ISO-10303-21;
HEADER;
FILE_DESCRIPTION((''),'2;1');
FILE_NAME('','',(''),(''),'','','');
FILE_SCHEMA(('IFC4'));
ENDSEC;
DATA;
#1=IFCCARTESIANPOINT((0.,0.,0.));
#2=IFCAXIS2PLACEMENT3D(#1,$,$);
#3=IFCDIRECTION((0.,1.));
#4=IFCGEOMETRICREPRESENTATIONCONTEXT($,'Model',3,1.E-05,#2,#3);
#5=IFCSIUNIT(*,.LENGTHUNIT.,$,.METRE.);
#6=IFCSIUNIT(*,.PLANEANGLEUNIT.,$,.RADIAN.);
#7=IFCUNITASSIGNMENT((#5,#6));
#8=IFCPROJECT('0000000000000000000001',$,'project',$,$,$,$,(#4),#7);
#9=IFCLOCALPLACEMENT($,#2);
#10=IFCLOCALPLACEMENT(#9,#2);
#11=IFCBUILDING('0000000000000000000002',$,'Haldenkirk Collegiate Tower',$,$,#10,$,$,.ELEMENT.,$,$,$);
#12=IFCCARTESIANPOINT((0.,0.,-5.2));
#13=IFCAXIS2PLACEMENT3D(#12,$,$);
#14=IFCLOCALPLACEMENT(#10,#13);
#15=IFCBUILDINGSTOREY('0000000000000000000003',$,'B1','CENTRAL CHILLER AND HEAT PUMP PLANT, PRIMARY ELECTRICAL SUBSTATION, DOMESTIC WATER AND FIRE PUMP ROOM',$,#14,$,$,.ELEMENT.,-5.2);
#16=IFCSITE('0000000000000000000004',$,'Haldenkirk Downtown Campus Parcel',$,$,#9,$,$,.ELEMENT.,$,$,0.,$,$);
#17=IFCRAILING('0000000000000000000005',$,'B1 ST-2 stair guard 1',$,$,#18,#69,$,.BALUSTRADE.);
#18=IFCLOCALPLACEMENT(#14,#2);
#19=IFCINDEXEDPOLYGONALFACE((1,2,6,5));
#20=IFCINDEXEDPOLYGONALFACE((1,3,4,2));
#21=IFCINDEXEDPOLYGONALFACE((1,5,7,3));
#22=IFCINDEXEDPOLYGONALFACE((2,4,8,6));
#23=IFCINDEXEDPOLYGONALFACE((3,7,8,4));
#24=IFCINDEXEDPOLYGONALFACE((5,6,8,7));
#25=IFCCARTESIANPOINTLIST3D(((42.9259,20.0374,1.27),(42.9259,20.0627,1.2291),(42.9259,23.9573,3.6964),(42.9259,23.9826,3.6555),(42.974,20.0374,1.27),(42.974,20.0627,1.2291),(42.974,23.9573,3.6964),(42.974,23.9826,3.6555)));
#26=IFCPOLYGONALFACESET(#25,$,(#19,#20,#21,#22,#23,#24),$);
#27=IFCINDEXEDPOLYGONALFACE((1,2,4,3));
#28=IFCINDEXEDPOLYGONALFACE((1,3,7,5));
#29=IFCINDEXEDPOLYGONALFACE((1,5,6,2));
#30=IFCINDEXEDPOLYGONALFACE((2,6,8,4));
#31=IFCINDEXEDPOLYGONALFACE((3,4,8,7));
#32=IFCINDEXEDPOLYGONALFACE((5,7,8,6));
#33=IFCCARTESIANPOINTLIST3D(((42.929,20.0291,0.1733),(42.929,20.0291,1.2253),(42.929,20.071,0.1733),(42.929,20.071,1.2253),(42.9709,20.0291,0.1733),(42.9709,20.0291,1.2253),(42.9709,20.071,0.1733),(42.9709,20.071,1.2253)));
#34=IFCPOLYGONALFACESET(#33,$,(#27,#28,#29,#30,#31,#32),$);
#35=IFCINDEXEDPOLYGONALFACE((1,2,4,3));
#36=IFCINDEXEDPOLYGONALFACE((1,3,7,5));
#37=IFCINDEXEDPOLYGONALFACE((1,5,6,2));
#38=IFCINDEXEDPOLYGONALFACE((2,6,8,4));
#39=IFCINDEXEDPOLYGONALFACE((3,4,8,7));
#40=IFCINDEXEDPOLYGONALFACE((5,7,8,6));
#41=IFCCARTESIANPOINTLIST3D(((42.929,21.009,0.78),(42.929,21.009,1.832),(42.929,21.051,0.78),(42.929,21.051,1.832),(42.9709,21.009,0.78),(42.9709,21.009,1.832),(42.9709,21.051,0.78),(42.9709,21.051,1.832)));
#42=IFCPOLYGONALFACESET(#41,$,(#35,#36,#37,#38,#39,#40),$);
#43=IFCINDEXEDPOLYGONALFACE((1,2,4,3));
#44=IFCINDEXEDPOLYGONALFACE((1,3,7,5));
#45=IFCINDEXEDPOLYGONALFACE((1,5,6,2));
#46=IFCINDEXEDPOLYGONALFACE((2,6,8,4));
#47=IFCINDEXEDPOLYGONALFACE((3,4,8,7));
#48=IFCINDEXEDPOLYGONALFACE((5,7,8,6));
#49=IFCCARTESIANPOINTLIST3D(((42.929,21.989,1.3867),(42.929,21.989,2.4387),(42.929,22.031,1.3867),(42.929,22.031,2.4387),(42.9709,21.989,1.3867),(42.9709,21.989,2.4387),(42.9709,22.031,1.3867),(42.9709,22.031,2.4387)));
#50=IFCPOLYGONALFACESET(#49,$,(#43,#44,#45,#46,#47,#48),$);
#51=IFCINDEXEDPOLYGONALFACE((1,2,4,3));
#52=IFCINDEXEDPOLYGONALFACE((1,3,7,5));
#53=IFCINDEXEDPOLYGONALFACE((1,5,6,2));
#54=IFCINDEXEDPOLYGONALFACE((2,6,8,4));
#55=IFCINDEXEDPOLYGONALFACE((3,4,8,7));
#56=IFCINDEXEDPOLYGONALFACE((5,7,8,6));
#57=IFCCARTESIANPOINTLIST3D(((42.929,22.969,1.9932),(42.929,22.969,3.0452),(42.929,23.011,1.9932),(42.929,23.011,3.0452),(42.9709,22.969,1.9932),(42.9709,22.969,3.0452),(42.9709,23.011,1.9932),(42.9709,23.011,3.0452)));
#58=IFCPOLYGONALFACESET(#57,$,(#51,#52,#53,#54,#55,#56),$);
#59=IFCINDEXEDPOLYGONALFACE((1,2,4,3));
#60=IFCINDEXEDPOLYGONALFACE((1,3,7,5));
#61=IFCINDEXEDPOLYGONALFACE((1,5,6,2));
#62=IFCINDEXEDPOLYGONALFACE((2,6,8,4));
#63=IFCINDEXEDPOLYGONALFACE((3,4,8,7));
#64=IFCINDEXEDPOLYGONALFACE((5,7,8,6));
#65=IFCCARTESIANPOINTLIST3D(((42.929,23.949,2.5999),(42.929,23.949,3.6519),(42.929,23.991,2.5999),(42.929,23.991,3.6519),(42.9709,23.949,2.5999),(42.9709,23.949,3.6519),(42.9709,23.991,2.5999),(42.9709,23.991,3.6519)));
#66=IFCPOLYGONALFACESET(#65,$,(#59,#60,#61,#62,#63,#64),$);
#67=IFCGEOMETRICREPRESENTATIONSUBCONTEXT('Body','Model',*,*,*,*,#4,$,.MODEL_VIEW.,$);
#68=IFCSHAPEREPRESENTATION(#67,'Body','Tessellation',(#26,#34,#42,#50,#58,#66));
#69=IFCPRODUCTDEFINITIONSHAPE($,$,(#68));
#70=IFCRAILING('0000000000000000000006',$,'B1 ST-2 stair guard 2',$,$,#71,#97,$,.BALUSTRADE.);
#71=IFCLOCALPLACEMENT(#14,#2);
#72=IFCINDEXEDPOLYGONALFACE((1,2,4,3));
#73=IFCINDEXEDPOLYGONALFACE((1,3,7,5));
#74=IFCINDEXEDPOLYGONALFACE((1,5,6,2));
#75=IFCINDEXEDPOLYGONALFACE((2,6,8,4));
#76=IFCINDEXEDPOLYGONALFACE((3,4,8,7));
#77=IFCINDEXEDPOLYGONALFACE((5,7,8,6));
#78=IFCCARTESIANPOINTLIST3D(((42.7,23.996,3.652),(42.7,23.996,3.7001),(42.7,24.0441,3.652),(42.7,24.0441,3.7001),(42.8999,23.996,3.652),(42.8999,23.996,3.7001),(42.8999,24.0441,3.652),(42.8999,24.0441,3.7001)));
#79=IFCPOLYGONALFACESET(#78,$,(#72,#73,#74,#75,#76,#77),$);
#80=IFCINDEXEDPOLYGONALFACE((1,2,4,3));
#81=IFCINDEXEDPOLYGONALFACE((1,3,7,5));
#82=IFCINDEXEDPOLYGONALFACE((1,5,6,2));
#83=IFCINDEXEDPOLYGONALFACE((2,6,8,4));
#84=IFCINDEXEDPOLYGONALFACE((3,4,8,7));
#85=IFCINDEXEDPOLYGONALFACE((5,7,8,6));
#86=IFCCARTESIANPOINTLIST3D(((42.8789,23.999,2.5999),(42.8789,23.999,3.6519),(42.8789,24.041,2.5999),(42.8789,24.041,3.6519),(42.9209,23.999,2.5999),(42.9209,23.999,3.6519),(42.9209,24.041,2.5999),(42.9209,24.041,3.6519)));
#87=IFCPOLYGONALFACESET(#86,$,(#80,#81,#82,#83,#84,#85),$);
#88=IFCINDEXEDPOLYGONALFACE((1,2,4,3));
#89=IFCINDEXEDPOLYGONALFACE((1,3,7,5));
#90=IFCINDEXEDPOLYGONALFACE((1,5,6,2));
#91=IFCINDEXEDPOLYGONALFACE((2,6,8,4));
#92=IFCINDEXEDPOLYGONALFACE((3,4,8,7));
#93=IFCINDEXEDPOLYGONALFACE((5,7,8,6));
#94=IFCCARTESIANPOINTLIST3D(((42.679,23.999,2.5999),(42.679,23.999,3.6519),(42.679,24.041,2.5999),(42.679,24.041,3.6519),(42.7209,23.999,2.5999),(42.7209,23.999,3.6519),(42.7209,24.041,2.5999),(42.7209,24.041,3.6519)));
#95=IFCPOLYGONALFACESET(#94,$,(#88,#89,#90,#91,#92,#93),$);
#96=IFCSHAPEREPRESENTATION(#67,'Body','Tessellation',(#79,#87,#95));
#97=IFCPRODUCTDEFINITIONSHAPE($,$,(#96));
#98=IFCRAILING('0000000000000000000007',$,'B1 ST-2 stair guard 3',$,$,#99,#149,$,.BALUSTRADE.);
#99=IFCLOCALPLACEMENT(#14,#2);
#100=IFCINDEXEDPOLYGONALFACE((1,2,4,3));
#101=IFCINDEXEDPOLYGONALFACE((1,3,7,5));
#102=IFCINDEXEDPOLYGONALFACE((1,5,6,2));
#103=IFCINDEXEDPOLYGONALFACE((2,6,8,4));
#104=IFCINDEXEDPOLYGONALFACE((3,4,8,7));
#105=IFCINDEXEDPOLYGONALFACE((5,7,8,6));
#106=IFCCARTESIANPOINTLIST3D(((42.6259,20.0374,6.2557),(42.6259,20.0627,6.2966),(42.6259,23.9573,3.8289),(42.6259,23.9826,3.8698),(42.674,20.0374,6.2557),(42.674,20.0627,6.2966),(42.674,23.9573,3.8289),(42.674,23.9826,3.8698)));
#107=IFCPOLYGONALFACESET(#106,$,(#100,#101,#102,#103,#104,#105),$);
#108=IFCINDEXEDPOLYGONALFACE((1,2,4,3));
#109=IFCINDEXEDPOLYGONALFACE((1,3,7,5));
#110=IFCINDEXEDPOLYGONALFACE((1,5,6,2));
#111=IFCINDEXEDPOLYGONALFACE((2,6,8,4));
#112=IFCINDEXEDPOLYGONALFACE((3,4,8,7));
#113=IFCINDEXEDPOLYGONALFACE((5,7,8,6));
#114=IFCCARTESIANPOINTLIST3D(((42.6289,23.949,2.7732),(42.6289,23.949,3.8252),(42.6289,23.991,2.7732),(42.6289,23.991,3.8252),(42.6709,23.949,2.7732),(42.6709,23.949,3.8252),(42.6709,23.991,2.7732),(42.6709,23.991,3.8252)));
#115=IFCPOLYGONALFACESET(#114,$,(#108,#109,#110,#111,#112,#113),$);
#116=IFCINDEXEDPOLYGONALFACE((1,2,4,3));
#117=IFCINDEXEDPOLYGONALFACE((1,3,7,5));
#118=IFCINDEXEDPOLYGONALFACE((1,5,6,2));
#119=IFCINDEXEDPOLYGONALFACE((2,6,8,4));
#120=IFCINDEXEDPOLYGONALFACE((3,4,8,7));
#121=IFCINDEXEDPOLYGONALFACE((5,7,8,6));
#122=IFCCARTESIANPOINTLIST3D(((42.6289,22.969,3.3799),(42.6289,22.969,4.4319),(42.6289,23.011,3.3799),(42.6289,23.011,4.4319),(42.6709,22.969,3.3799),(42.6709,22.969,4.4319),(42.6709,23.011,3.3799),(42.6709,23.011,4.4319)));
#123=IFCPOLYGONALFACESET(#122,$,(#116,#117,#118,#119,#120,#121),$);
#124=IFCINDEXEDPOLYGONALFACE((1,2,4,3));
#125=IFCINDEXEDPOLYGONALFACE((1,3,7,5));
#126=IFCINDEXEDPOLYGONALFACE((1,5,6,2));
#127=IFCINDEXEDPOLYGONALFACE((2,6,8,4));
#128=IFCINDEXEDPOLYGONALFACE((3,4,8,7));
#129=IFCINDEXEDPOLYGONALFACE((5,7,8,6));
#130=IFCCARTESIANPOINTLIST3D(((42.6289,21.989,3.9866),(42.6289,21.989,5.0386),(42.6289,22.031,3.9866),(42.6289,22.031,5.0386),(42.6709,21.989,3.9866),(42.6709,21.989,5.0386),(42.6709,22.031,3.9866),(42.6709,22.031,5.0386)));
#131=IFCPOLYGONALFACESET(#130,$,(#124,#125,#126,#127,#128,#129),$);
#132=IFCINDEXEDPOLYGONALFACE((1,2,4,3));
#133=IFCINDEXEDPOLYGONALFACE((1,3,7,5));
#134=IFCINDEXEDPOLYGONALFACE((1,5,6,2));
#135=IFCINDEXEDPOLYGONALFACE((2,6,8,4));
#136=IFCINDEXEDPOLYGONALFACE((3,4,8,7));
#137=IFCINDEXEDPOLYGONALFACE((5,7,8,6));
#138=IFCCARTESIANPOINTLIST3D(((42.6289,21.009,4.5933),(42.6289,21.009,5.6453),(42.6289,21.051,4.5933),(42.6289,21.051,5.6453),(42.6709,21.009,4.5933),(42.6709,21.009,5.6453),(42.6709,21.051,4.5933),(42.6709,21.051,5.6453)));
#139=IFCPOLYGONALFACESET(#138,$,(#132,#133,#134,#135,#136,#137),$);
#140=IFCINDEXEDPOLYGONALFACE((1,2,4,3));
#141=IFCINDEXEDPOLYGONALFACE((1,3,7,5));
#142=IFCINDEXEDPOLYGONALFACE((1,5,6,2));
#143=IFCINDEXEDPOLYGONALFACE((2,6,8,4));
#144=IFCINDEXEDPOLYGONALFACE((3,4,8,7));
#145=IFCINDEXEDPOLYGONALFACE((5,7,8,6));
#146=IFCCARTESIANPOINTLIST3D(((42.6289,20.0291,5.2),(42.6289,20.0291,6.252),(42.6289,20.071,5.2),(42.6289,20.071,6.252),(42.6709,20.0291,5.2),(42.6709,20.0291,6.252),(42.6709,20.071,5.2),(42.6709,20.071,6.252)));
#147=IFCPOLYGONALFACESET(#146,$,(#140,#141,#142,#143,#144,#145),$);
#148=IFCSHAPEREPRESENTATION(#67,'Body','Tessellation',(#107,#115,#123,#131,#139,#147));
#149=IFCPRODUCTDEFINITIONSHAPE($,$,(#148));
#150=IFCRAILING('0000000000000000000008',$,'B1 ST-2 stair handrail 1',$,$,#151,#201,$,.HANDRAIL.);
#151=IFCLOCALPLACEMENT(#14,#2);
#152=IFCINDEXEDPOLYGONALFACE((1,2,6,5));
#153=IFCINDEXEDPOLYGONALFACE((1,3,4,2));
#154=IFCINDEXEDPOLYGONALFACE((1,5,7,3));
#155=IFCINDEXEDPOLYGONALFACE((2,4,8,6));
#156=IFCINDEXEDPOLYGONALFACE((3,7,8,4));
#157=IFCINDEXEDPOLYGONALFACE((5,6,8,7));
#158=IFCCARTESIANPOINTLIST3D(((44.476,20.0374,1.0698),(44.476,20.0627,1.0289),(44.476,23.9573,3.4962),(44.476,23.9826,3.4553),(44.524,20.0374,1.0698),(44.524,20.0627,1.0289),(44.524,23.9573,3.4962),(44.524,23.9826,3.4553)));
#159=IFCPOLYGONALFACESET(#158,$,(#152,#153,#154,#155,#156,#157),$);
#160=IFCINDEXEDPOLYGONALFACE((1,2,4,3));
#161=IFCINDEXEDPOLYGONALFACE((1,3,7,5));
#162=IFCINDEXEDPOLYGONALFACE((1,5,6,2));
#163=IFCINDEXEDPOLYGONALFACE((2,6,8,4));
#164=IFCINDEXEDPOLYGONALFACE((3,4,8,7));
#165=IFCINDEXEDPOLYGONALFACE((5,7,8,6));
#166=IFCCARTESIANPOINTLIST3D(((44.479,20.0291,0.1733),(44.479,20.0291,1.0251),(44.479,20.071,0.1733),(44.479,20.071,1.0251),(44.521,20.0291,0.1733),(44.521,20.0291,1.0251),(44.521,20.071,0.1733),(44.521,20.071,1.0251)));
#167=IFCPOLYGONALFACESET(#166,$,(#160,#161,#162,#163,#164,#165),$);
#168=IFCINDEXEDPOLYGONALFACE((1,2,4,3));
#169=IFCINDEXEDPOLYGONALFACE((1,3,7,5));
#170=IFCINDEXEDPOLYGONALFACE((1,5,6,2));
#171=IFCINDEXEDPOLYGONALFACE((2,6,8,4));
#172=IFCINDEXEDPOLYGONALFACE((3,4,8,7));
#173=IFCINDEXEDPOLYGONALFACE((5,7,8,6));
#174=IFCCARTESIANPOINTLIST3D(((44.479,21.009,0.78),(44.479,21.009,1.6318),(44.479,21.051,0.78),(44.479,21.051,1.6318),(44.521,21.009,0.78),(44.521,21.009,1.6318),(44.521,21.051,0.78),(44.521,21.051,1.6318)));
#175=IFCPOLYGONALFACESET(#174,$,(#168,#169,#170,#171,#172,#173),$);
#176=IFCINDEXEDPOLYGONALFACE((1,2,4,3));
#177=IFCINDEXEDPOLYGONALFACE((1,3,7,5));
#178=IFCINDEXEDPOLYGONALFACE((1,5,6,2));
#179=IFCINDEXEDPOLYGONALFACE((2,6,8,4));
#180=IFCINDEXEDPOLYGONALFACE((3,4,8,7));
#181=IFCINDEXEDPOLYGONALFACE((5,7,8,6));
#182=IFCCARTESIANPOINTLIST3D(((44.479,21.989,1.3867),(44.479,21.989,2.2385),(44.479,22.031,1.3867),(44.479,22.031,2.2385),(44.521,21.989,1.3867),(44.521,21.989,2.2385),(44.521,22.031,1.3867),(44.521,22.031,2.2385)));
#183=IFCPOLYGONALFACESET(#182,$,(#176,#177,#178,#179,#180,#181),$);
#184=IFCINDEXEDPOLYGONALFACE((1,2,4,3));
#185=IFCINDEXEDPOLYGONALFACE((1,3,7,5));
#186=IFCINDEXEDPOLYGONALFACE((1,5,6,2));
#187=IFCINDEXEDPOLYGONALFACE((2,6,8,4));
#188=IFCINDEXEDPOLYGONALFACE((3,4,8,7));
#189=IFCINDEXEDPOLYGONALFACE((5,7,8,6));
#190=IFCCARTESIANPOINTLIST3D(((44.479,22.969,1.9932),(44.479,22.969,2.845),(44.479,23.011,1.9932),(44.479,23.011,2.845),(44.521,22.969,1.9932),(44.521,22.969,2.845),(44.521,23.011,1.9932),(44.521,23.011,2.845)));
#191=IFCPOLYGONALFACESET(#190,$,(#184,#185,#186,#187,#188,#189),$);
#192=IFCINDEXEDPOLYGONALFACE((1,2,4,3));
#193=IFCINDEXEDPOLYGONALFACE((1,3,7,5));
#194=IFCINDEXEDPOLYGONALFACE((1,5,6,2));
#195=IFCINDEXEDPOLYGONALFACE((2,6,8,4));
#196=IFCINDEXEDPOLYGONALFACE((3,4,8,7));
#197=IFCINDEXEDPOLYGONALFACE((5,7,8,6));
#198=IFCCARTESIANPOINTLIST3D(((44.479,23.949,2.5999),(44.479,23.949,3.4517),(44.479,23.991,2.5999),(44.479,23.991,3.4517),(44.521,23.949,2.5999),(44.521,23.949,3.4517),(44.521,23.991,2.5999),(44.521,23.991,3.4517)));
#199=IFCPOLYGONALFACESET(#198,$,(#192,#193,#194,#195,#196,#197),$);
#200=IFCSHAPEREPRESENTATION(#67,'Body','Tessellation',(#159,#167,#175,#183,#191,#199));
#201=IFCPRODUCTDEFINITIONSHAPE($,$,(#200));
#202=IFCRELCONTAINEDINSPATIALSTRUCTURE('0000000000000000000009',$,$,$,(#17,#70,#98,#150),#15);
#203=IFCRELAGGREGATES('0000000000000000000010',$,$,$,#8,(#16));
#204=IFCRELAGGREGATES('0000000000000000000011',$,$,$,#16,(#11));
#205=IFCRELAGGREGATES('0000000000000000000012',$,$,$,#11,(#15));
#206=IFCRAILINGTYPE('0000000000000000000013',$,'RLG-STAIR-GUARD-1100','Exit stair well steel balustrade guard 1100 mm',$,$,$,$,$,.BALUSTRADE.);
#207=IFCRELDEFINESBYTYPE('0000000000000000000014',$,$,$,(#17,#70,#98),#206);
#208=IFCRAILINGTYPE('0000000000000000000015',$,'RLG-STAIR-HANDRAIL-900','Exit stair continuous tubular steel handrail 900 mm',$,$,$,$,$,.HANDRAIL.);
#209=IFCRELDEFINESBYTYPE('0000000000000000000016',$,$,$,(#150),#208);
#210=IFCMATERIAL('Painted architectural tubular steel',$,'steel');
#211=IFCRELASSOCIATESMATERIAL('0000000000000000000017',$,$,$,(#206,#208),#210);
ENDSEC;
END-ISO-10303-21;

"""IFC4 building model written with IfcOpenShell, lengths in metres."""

from ifc_helpers import new_model, si_unit, direction, frame, origin, origin_2d, place, context, subcontext, project, spatial, rectangle, extrude, material, type_object, element, save


model = new_model("IFC4")

# Units and contexts
model_context = context("Model", 3, precision=1e-05, world=origin(), true_north=direction((0.0, 1.0)))
body_context = subcontext(model_context, "Body", "Model", "MODEL_VIEW")
ifc_project = project(units=[si_unit("LENGTHUNIT", "METRE"), si_unit("PLANEANGLEUNIT", "RADIAN")], contexts=[model_context])

# Site, building, storey
site_placement = place(None, origin())
site = spatial("IfcSite", under=ifc_project, at=site_placement, Name="Haldenkirk Downtown Campus Parcel", CompositionType="ELEMENT", RefElevation=0.0)
building_placement = place(site_placement, origin())
building = spatial("IfcBuilding", under=site, at=building_placement, Name="Haldenkirk Collegiate Tower", CompositionType="ELEMENT")
storey_placement = place(building_placement, frame((0.0, 0.0, -5.2)))
storey = spatial("IfcBuildingStorey", under=building, at=storey_placement, Name="B1", Description="CENTRAL CHILLER AND HEAT PUMP PLANT, PRIMARY ELECTRICAL SUBSTATION, DOMESTIC WATER AND FIRE PUMP ROOM", CompositionType="ELEMENT", Elevation=-5.2)

# Railings
ifc_material_1 = material(Name="Painted architectural tubular steel", Category="steel")
railing_type_1 = type_object("IfcRailingType", Name="RLG-STAIR-GUARD-1100", Description="Exit stair well steel balustrade guard 1100 mm", PredefinedType="BALUSTRADE", material=ifc_material_1)
railing_1_placement = place(storey_placement, frame((42.95, 20.05, 0.1733)))
element("IfcRailing", 1, at=railing_1_placement, inside=storey, type_object=railing_type_1, Name="B1 ST-2 stair guard 1", PredefinedType="BALUSTRADE", context=body_context, shape_type="SweptSolid", body=[
    extrude(rectangle(XDim=0.0481, YDim=0.0481, at=origin_2d()), frame((0.0, 0.0, 1.0762), z_axis=(0.0, 0.850275, 0.526338), x_axis=(-1.0, 0.0, 0.0)), (0.0, 0.0, 1.0), 4.6101),
    extrude(rectangle(XDim=0.042, YDim=0.042, at=origin_2d()), origin(), (0.0, 0.0, 1.0), 1.052),
    extrude(rectangle(XDim=0.042, YDim=0.042, at=origin_2d()), frame((0.0, 0.98, 0.6067)), (0.0, 0.0, 1.0), 1.052),
    extrude(rectangle(XDim=0.042, YDim=0.042, at=origin_2d()), frame((0.0, 1.96, 1.2134)), (0.0, 0.0, 1.0), 1.052),
    extrude(rectangle(XDim=0.042, YDim=0.042, at=origin_2d()), frame((0.0, 2.9399, 1.8198)), (0.0, 0.0, 1.0), 1.052),
    extrude(rectangle(XDim=0.042, YDim=0.042, at=origin_2d()), frame((0.0, 3.9199, 2.4265)), (0.0, 0.0, 1.0), 1.052),
])
railing_2_placement = place(storey_placement, frame((42.8999, 24.02, 2.5999)))
element("IfcRailing", 2, at=railing_2_placement, inside=storey, type_object=railing_type_1, Name="B1 ST-2 stair guard 2", PredefinedType="BALUSTRADE", context=body_context, shape_type="SweptSolid", body=[
    extrude(rectangle(XDim=0.0481, YDim=0.0481, at=origin_2d()), frame((0.0, 0.0, 1.0762), z_axis=(-1.0, 0.0, 0.0), x_axis=(0.0, -1.0, 0.0)), (0.0, 0.0, 1.0), 0.2),
    extrude(rectangle(XDim=0.042, YDim=0.042, at=origin_2d()), origin(), (0.0, 0.0, 1.0), 1.052),
    extrude(rectangle(XDim=0.042, YDim=0.042, at=origin_2d()), frame((-0.2, 0.0, 0.0)), (0.0, 0.0, 1.0), 1.052),
])
railing_3_placement = place(storey_placement, frame((42.6499, 23.97, 2.7732)))
element("IfcRailing", 3, at=railing_3_placement, inside=storey, type_object=railing_type_1, Name="B1 ST-2 stair guard 3", PredefinedType="BALUSTRADE", context=body_context, shape_type="SweptSolid", body=[
    extrude(rectangle(XDim=0.0481, YDim=0.0481, at=origin_2d()), frame((0.0, 0.0, 1.0762), z_axis=(0.0, -0.850252, 0.526376), x_axis=(1.0, 0.0, 0.0)), (0.0, 0.0, 1.0), 4.6104),
    extrude(rectangle(XDim=0.042, YDim=0.042, at=origin_2d()), origin(), (0.0, 0.0, 1.0), 1.052),
    extrude(rectangle(XDim=0.042, YDim=0.042, at=origin_2d()), frame((0.0, -0.98, 0.6067)), (0.0, 0.0, 1.0), 1.052),
    extrude(rectangle(XDim=0.042, YDim=0.042, at=origin_2d()), frame((0.0, -1.96, 1.2134)), (0.0, 0.0, 1.0), 1.052),
    extrude(rectangle(XDim=0.042, YDim=0.042, at=origin_2d()), frame((0.0, -2.9399, 1.8201)), (0.0, 0.0, 1.0), 1.052),
    extrude(rectangle(XDim=0.042, YDim=0.042, at=origin_2d()), frame((0.0, -3.9199, 2.4268)), (0.0, 0.0, 1.0), 1.052),
])
railing_type_2 = type_object("IfcRailingType", Name="RLG-STAIR-HANDRAIL-900", Description="Exit stair continuous tubular steel handrail 900 mm", PredefinedType="HANDRAIL", material=ifc_material_1)
railing_4_placement = place(storey_placement, frame((44.5, 20.05, 0.1733)))
element("IfcRailing", 4, at=railing_4_placement, inside=storey, type_object=railing_type_2, Name="B1 ST-2 stair handrail 1", PredefinedType="HANDRAIL", context=body_context, shape_type="SweptSolid", body=[
    extrude(rectangle(XDim=0.0481, YDim=0.0481, at=origin_2d()), frame((0.0, 0.0, 0.876), z_axis=(0.0, 0.850275, 0.526338), x_axis=(-1.0, 0.0, 0.0)), (0.0, 0.0, 1.0), 4.6101),
    extrude(rectangle(XDim=0.042, YDim=0.042, at=origin_2d()), origin(), (0.0, 0.0, 1.0), 0.8518),
    extrude(rectangle(XDim=0.042, YDim=0.042, at=origin_2d()), frame((0.0, 0.98, 0.6067)), (0.0, 0.0, 1.0), 0.8518),
    extrude(rectangle(XDim=0.042, YDim=0.042, at=origin_2d()), frame((0.0, 1.96, 1.2134)), (0.0, 0.0, 1.0), 0.8518),
    extrude(rectangle(XDim=0.042, YDim=0.042, at=origin_2d()), frame((0.0, 2.9399, 1.8198)), (0.0, 0.0, 1.0), 0.8518),
    extrude(rectangle(XDim=0.042, YDim=0.042, at=origin_2d()), frame((0.0, 3.9199, 2.4265)), (0.0, 0.0, 1.0), 0.8518),
])

save(model, "model.ifc")
